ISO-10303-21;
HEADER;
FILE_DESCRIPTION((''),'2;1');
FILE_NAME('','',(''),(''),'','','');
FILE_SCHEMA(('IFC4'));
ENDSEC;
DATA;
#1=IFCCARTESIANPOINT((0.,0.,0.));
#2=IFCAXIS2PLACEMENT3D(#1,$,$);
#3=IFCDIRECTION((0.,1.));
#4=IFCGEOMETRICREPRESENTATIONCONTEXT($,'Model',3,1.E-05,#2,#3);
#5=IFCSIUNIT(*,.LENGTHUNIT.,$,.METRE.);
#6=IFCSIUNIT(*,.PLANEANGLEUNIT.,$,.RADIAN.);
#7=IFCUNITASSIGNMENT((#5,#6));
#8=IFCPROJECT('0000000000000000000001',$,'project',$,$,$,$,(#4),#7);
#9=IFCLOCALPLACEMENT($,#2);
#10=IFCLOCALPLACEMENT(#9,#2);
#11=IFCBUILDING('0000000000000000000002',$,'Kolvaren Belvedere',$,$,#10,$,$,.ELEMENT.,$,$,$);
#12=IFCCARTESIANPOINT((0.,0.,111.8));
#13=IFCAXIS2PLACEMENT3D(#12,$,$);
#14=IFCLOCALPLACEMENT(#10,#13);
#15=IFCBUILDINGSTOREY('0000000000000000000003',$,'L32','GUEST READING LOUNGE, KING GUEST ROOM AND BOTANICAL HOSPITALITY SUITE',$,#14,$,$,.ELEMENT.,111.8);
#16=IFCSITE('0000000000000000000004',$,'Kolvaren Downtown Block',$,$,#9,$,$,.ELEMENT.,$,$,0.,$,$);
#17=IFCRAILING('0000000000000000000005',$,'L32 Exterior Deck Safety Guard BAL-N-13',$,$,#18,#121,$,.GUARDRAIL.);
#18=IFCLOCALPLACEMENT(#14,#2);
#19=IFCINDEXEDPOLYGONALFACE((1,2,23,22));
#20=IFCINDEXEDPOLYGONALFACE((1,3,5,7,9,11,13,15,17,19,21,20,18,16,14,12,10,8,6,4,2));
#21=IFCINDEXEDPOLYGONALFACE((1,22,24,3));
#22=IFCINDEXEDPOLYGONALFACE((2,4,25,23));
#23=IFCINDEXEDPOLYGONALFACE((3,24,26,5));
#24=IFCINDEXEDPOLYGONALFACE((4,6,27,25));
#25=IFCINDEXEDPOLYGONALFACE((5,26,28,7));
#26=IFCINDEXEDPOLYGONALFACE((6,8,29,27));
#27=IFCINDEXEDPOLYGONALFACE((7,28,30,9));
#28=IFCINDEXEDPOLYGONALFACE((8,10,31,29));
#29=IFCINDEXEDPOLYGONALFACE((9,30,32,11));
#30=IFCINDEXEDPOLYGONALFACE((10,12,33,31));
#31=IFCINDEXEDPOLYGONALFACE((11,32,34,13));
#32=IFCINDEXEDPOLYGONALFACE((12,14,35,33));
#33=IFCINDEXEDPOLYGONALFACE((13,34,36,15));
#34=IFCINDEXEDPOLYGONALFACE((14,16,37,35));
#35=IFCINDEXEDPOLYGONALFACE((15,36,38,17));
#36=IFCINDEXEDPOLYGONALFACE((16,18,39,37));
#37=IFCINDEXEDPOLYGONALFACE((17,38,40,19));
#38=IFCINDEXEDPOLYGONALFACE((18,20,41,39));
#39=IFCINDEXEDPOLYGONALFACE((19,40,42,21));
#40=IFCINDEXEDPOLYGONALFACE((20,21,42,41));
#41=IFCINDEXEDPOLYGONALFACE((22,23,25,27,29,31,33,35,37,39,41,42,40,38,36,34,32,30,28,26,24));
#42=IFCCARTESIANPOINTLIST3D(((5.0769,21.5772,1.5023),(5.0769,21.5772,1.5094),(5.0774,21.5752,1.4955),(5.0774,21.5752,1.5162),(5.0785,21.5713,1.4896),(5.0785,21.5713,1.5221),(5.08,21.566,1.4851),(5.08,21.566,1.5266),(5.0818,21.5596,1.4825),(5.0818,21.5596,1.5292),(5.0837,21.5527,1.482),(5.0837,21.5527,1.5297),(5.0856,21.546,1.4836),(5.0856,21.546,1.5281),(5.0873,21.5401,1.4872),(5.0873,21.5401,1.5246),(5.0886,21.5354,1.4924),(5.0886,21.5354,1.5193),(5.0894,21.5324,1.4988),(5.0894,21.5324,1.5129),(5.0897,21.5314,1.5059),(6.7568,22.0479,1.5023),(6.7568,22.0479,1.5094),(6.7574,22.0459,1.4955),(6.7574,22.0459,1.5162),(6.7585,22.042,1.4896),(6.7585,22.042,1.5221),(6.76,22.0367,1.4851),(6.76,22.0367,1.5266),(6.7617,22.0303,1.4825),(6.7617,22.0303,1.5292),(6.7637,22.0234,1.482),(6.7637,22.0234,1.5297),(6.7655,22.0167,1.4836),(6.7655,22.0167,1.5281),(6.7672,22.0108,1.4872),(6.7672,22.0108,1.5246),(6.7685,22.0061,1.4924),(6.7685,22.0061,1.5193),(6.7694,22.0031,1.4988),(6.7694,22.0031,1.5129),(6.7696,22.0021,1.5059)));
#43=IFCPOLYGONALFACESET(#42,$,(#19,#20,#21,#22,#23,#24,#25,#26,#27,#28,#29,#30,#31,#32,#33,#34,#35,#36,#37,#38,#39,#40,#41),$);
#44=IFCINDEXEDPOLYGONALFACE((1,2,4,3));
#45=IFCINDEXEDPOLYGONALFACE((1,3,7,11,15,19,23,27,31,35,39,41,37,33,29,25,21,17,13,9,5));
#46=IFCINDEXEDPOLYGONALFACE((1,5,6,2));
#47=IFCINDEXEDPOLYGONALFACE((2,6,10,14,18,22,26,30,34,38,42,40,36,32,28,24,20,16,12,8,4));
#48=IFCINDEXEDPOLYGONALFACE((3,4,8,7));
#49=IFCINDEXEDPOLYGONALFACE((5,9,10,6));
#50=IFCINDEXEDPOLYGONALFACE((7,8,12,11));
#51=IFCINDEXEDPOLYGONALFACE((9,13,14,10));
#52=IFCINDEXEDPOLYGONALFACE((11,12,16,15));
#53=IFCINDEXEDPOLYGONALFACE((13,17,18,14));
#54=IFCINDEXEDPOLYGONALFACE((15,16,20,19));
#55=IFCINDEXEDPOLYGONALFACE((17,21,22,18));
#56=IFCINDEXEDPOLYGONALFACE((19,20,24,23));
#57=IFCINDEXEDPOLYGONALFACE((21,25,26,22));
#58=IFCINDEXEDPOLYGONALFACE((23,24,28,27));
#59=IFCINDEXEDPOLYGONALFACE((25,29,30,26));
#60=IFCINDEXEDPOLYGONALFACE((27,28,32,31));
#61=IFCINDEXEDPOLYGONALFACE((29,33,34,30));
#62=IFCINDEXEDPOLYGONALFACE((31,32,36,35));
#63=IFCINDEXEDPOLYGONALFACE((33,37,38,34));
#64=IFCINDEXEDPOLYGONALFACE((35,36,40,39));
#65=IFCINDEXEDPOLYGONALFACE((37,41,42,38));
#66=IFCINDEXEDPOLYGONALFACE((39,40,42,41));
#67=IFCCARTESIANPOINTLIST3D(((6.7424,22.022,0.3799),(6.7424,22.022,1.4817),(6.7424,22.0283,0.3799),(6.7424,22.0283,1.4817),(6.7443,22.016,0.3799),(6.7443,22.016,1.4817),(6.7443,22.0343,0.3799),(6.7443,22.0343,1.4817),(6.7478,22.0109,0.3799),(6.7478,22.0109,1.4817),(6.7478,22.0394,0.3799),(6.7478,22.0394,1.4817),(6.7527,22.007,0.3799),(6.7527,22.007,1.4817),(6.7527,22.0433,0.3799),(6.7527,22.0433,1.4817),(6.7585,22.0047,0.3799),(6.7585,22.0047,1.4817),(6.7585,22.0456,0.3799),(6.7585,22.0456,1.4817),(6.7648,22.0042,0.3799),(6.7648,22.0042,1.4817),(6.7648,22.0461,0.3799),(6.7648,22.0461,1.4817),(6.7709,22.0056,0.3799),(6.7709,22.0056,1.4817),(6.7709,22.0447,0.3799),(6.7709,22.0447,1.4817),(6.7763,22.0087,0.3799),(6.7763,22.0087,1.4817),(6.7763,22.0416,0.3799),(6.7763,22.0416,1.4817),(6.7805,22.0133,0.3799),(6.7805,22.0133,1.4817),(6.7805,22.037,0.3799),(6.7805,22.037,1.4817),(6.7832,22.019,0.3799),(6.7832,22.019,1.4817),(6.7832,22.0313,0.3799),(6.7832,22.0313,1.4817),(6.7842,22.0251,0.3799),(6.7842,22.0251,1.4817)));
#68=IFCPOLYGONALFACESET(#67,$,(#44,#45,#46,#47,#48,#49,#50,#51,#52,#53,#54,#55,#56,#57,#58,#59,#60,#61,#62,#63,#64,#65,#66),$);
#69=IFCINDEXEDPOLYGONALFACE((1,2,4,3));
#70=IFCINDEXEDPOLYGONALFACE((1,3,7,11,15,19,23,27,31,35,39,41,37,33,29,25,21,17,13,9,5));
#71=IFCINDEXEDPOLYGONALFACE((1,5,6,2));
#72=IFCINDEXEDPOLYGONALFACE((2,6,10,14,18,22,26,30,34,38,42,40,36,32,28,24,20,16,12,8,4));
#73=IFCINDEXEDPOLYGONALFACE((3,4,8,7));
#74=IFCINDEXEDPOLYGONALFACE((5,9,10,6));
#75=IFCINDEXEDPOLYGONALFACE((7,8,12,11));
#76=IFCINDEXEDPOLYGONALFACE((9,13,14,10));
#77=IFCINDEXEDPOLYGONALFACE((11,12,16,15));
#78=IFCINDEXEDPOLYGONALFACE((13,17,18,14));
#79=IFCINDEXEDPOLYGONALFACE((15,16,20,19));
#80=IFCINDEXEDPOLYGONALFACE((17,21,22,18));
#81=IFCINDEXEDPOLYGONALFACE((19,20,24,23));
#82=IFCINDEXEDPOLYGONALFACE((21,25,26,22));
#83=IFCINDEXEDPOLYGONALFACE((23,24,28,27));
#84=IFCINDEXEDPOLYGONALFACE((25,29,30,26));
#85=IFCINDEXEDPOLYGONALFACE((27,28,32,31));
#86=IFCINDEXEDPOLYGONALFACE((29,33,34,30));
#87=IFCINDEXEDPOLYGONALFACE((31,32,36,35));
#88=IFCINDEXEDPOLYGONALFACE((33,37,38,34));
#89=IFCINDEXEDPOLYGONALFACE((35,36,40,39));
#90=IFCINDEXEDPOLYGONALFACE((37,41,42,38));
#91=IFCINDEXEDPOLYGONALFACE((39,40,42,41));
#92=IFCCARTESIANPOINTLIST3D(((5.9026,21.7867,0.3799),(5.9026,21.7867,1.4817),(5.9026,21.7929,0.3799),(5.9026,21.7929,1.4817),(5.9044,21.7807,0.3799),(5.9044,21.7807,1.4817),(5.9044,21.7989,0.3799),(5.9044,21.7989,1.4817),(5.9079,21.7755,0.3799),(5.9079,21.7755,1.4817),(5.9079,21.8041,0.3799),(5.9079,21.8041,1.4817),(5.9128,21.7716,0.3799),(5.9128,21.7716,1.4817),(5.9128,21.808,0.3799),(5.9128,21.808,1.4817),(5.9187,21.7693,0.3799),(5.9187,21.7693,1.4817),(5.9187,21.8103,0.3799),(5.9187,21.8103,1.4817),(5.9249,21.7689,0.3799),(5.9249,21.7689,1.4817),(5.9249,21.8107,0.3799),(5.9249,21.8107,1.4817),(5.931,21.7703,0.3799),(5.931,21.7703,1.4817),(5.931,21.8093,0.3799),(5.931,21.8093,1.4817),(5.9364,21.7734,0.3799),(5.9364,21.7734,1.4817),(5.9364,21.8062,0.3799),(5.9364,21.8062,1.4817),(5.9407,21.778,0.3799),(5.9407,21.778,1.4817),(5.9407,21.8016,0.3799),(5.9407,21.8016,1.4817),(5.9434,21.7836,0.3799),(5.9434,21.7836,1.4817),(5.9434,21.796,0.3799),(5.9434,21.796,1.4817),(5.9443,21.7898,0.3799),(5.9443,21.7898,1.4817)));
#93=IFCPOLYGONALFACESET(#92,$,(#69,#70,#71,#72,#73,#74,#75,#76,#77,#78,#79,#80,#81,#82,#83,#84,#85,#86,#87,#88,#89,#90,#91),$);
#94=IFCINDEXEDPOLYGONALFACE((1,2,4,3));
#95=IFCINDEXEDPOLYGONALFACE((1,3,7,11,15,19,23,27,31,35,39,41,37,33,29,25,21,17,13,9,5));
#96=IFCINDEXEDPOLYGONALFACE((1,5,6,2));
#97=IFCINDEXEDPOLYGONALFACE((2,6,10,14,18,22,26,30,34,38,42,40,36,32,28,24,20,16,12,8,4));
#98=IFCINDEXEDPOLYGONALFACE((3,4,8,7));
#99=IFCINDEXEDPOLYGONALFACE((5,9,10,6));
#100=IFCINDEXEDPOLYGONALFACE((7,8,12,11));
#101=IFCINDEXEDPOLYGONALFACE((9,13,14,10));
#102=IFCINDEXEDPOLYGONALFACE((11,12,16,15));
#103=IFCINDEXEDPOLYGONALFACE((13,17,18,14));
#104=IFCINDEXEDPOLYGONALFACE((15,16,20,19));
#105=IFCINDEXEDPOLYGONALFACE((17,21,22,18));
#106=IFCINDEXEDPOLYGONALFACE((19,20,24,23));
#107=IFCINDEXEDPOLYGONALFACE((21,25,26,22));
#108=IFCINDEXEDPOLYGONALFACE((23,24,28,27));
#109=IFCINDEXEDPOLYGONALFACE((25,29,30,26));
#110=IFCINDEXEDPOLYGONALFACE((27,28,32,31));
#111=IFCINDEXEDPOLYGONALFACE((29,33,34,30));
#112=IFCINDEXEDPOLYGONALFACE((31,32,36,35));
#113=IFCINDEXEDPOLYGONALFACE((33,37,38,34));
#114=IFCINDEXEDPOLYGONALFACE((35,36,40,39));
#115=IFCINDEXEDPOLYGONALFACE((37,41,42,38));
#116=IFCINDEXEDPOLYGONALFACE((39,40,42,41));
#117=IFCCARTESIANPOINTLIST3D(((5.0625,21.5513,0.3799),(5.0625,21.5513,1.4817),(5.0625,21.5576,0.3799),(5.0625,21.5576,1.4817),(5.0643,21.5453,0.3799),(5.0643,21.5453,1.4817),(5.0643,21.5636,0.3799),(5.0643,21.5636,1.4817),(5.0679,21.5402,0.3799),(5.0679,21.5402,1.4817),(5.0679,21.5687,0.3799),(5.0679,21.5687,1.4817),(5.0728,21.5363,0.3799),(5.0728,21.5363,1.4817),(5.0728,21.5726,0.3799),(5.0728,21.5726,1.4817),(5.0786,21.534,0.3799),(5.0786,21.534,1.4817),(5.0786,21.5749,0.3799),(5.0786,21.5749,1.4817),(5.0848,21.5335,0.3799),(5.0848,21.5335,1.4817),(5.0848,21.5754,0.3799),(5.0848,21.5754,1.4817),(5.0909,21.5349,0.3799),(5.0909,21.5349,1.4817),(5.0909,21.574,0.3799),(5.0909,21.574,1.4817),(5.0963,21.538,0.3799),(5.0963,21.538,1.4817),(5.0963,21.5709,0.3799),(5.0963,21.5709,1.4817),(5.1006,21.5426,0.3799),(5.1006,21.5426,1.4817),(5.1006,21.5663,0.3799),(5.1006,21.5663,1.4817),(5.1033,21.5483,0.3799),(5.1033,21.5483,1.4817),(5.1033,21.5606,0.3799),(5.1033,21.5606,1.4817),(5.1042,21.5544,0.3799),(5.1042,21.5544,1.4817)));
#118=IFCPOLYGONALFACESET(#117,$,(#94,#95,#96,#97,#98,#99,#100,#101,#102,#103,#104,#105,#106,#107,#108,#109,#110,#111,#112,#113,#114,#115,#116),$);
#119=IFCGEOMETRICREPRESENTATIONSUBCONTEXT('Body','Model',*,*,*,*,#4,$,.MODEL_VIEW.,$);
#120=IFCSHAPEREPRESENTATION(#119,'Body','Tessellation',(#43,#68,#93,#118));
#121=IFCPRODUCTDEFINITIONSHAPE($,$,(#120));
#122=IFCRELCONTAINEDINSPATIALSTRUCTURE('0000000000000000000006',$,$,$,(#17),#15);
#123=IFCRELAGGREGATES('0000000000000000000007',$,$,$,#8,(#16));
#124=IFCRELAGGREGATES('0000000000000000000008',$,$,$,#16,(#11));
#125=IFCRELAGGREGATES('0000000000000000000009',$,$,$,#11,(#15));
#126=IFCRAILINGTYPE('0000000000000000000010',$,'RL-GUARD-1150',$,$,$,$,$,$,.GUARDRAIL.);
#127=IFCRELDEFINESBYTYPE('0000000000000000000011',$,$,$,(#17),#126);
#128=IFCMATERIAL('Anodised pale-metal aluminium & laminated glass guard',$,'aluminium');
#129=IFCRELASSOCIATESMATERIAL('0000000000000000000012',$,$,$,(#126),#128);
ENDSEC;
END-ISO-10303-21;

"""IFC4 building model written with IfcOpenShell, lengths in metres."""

from ifc_helpers import new_model, si_unit, direction, frame, origin, origin_2d, place, context, subcontext, project, spatial, circle, extrude, material, type_object, element, save


model = new_model("IFC4")

# Units and contexts
model_context = context("Model", 3, precision=1e-05, world=origin(), true_north=direction((0.0, 1.0)))
body_context = subcontext(model_context, "Body", "Model", "MODEL_VIEW")
ifc_project = project(units=[si_unit("LENGTHUNIT", "METRE"), si_unit("PLANEANGLEUNIT", "RADIAN")], contexts=[model_context])

# Site, building, storey
site_placement = place(None, origin())
site = spatial("IfcSite", under=ifc_project, at=site_placement, Name="Kolvaren Downtown Block", CompositionType="ELEMENT", RefElevation=0.0)
building_placement = place(site_placement, origin())
building = spatial("IfcBuilding", under=site, at=building_placement, Name="Kolvaren Belvedere", CompositionType="ELEMENT")
storey_placement = place(building_placement, frame((0.0, 0.0, 111.8)))
storey = spatial("IfcBuildingStorey", under=building, at=storey_placement, Name="L32", Description="GUEST READING LOUNGE, KING GUEST ROOM AND BOTANICAL HOSPITALITY SUITE", CompositionType="ELEMENT", Elevation=111.8)

# Railing
ifc_material_1 = material(Name="Anodised pale-metal aluminium & laminated glass guard", Category="aluminium")
railing_type = type_object("IfcRailingType", Name="RL-GUARD-1150", PredefinedType="GUARDRAIL", material=ifc_material_1)
railing_1_placement = place(storey_placement, frame((6.7632, 22.0251, 0.3799)))
element("IfcRailing", 1, at=railing_1_placement, inside=storey, type_object=railing_type, Name="L32 Exterior Deck Safety Guard BAL-N-13", PredefinedType="GUARDRAIL", context=body_context, shape_type="SweptSolid", body=[
    extrude(circle(Radius=0.0239, at=origin_2d()), frame((0.0, 0.0, 1.126), z_axis=(-0.962916, -0.269801, 0.0), x_axis=(0.269801, -0.962916, 0.0)), (0.0, 0.0, 1.0), 1.7446),
    extrude(circle(Radius=0.021, at=origin_2d()), origin(), (0.0, 0.0, 1.0), 1.1018),
    extrude(circle(Radius=0.021, at=origin_2d()), frame((-0.8398, -0.2354, 0.0)), (0.0, 0.0, 1.0), 1.1018),
    extrude(circle(Radius=0.021, at=origin_2d()), frame((-1.6799, -0.4707, 0.0)), (0.0, 0.0, 1.0), 1.1018),
])

save(model, "model.ifc")
